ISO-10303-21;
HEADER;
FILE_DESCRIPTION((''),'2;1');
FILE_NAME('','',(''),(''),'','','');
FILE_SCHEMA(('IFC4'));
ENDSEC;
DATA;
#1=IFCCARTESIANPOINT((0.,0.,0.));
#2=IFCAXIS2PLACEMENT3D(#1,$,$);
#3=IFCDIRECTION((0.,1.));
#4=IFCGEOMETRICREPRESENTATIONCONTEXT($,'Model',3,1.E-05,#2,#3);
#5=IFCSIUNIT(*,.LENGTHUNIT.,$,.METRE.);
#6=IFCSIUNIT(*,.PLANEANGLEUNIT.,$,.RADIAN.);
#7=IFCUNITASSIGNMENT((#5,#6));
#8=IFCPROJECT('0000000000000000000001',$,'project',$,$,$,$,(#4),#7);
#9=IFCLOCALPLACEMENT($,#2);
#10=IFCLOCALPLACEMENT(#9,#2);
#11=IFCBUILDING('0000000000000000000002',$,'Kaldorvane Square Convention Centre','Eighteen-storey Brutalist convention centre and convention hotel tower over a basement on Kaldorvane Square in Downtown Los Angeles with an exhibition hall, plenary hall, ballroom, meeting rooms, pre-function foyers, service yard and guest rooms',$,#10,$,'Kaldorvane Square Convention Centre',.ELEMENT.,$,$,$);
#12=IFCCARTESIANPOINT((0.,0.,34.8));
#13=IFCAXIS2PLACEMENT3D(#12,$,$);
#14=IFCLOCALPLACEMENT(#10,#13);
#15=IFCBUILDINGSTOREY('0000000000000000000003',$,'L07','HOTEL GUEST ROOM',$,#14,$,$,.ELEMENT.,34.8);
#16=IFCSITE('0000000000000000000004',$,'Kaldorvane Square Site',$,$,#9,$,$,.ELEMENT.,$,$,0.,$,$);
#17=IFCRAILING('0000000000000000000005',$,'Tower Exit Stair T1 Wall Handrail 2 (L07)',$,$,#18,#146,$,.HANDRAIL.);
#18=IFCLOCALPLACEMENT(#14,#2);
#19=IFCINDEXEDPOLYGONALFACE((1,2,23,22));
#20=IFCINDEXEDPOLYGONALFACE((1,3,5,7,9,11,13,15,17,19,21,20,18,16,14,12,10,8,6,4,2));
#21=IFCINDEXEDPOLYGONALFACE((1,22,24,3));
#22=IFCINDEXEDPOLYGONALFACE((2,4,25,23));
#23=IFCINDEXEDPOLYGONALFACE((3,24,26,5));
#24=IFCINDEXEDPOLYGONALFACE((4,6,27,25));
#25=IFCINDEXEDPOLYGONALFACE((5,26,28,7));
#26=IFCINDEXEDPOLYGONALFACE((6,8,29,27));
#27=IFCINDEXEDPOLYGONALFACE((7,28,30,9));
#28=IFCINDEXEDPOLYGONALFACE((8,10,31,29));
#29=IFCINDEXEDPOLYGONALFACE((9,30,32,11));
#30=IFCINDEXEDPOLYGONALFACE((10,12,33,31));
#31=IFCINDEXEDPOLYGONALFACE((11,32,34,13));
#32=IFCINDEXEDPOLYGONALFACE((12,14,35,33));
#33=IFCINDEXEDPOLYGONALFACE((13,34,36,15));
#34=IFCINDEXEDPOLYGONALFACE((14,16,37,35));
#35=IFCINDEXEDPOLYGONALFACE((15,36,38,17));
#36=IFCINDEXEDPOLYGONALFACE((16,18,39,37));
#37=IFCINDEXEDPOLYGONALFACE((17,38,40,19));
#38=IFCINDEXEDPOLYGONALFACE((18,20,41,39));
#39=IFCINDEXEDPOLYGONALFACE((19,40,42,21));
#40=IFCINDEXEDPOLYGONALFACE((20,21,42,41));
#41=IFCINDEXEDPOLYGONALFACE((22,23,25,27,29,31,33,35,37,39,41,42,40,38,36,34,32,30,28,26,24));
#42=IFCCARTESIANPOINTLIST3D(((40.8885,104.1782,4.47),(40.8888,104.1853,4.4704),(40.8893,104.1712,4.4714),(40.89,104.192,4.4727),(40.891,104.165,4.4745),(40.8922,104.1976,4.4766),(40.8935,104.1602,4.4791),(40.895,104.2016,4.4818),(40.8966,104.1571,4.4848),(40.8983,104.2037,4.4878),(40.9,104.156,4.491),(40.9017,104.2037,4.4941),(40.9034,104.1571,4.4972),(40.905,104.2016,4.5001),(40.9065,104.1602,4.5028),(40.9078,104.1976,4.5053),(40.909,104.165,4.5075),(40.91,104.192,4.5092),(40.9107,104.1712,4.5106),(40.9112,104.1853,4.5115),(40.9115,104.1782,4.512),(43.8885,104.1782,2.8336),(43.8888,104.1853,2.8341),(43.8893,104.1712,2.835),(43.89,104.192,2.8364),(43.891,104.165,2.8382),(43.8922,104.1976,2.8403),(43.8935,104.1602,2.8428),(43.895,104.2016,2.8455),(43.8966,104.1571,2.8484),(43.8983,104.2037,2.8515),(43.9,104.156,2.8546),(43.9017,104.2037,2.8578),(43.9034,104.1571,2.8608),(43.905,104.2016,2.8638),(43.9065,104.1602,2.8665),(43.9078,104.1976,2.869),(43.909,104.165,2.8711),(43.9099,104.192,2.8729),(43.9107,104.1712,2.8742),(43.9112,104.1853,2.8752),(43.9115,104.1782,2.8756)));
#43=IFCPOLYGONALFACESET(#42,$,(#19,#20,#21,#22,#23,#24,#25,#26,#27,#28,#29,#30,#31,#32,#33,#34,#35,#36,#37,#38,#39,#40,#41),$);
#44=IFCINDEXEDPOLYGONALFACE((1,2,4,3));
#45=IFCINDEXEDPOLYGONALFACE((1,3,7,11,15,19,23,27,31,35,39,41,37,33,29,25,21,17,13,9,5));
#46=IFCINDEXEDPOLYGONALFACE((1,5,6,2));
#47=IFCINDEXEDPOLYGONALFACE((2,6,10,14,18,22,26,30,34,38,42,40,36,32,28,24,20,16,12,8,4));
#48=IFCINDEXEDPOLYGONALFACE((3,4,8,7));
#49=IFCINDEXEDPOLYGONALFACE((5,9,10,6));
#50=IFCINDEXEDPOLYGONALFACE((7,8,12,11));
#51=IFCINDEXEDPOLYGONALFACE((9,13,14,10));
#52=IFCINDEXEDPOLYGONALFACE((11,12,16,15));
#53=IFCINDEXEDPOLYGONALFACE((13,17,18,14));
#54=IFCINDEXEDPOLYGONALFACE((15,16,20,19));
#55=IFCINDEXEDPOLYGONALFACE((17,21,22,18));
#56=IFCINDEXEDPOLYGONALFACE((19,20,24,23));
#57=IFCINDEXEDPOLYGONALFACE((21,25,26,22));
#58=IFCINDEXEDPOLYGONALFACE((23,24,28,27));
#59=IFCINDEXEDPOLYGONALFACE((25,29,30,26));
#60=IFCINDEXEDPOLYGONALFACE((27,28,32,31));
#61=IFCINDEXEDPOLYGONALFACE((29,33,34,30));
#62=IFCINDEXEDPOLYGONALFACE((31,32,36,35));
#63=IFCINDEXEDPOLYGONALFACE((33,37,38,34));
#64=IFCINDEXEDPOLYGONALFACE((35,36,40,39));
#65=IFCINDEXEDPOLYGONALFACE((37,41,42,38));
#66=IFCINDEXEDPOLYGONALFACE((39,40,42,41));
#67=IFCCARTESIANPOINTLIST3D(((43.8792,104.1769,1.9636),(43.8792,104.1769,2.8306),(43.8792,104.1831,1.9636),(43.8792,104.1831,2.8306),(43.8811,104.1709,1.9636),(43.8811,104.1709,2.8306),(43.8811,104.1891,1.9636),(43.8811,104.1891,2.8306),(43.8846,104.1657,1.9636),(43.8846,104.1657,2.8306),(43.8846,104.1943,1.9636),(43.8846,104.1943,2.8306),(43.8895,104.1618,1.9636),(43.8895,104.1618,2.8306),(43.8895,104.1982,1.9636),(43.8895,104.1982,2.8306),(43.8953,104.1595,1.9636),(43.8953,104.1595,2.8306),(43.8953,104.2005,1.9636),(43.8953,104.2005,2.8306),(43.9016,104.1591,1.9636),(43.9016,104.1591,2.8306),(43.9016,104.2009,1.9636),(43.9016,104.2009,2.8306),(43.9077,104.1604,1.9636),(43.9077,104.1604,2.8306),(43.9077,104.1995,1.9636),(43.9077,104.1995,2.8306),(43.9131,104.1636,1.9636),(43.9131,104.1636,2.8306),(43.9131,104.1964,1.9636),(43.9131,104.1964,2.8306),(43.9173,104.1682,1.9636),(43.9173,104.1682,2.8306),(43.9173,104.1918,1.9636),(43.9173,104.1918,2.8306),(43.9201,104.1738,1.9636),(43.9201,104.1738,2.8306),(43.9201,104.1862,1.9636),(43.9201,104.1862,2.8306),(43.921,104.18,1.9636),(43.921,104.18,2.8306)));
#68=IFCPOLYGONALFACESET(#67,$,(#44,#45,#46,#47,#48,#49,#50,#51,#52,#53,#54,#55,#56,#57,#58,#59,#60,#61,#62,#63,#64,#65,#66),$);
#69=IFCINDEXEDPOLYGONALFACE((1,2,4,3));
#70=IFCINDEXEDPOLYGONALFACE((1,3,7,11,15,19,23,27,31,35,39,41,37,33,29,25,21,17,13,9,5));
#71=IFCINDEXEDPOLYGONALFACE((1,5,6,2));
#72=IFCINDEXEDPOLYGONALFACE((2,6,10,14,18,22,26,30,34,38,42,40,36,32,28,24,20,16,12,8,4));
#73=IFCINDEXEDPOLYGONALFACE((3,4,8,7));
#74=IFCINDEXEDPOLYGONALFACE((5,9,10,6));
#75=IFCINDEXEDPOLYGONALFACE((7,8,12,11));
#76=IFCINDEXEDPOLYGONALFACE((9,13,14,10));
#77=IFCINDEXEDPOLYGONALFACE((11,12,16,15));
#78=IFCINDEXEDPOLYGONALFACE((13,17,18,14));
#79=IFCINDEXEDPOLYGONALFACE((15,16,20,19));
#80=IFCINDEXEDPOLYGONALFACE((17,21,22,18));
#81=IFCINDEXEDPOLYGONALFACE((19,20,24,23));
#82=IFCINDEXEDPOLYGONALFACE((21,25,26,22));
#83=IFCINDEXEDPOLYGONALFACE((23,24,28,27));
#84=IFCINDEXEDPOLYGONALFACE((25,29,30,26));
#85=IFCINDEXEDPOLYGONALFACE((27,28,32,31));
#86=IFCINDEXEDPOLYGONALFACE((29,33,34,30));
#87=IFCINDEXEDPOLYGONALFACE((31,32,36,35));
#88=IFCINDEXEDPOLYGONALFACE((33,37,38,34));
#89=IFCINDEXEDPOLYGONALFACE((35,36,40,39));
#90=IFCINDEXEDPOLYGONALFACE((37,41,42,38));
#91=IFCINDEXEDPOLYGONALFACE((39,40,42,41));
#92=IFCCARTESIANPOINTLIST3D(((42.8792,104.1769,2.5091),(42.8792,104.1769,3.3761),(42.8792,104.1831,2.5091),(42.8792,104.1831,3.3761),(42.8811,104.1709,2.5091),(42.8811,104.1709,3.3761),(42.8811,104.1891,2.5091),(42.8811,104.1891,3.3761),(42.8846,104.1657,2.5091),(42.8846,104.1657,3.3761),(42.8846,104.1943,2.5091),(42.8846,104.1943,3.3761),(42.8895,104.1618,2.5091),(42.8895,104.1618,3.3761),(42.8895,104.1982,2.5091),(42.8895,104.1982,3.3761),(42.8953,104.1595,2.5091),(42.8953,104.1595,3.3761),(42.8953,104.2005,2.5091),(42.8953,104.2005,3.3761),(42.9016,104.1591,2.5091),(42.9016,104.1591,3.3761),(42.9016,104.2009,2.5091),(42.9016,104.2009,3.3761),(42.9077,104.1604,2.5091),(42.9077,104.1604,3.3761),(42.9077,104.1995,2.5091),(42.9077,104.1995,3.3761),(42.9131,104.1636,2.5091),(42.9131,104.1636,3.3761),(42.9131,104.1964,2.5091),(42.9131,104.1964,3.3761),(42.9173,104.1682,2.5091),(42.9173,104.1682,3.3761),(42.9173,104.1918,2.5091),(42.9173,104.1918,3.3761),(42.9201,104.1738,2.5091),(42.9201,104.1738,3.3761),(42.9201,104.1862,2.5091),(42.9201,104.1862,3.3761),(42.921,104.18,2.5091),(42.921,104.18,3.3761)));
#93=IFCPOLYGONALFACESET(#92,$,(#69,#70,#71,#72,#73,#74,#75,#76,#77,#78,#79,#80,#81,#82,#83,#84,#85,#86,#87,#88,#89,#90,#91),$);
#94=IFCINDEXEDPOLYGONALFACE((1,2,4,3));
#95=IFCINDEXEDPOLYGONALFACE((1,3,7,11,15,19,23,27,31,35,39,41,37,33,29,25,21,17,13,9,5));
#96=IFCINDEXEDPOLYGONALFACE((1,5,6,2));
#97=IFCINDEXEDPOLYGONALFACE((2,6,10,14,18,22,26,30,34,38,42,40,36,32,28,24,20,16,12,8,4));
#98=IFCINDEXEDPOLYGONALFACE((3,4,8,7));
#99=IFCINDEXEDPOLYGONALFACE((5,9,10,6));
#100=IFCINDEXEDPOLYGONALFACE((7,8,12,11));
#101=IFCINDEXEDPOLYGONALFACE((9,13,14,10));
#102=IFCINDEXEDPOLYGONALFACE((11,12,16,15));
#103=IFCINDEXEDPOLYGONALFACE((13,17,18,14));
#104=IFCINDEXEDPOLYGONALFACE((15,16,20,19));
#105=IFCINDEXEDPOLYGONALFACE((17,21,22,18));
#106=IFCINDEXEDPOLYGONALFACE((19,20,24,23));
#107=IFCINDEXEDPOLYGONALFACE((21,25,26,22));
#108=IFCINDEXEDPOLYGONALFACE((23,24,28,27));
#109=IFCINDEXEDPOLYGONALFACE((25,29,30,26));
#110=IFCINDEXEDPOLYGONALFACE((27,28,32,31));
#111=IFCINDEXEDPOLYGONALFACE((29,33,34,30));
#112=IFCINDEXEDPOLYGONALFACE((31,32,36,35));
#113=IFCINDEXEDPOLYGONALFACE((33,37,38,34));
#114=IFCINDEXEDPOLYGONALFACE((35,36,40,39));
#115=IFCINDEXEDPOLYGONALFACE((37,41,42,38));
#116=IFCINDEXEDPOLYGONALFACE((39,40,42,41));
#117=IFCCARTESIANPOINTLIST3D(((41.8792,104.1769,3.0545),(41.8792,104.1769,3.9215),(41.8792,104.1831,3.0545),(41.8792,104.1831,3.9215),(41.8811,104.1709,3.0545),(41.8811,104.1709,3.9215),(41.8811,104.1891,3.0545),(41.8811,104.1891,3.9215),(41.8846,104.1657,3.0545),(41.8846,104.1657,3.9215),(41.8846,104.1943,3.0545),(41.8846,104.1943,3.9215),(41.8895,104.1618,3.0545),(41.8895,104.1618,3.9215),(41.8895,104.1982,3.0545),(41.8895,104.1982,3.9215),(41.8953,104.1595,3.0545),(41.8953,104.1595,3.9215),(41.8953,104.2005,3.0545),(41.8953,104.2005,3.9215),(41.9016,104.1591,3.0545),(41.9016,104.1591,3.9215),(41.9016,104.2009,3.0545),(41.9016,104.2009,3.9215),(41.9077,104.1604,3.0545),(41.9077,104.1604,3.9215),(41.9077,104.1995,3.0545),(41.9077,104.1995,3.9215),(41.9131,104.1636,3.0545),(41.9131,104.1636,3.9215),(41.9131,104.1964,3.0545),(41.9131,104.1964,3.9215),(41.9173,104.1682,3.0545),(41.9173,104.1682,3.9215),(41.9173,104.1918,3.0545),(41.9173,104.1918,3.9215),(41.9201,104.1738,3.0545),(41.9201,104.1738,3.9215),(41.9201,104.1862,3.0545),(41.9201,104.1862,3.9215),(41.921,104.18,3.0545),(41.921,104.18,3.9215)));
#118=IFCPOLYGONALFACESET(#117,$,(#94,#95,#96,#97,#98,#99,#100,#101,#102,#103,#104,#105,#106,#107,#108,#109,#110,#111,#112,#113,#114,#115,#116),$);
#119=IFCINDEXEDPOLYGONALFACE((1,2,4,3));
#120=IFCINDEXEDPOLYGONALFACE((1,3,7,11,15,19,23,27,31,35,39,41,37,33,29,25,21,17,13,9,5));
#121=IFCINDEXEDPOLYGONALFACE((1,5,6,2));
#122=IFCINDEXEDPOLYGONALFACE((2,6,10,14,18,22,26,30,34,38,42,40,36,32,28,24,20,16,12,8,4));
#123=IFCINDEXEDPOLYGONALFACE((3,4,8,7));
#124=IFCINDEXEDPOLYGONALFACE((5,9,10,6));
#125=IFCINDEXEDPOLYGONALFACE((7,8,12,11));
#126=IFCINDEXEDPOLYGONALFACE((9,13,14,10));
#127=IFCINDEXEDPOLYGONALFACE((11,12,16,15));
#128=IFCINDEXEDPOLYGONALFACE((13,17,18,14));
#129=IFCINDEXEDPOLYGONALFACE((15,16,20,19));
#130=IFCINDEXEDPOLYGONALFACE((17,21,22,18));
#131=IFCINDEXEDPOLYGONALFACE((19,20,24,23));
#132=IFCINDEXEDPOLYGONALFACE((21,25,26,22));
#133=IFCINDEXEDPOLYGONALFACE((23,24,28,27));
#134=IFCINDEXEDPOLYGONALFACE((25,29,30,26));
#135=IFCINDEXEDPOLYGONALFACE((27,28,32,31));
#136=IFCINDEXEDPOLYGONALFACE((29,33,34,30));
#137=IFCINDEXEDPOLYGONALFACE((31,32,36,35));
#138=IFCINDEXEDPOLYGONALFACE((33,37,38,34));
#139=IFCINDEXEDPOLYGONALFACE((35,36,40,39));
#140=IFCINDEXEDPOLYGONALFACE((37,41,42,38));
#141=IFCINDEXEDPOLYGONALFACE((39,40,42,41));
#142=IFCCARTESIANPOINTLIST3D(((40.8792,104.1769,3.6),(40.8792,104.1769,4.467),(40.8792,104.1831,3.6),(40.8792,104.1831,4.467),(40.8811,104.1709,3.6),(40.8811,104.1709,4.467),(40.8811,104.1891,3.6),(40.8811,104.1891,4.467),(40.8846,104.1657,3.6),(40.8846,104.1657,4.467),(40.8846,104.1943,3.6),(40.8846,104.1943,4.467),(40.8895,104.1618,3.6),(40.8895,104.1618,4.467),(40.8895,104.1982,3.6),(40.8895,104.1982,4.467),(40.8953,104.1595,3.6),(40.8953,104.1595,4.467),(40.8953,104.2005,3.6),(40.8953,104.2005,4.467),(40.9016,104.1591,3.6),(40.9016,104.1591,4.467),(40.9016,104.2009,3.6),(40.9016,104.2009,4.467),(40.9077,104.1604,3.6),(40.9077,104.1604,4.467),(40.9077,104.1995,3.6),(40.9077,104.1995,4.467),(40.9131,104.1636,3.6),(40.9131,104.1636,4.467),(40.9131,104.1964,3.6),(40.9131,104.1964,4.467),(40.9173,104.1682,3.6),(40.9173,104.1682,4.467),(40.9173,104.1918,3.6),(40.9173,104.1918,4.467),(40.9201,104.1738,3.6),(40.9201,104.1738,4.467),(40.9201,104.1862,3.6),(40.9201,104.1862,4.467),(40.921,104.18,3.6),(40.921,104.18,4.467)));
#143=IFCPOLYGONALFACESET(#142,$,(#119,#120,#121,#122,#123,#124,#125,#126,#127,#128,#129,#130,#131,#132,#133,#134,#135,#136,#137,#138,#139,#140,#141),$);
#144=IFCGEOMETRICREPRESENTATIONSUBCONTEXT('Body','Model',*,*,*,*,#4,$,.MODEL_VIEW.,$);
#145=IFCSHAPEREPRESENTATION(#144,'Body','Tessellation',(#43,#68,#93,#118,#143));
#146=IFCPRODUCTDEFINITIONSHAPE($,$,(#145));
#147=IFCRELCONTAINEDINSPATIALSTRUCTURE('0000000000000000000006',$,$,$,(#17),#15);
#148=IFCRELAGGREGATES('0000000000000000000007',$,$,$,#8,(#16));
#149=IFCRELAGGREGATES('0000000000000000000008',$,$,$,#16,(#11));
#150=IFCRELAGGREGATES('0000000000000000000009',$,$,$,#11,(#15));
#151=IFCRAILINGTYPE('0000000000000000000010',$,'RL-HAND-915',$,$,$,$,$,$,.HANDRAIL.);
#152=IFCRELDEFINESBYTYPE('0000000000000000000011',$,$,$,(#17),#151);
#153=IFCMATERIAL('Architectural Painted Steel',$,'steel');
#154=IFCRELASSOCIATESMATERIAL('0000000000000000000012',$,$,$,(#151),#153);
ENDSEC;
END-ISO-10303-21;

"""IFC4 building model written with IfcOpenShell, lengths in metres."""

from ifc_helpers import new_model, si_unit, direction, frame, origin, origin_2d, place, context, subcontext, project, spatial, circle, extrude, material, type_object, element, save


model = new_model("IFC4")

# Units and contexts
model_context = context("Model", 3, precision=1e-05, world=origin(), true_north=direction((0.0, 1.0)))
body_context = subcontext(model_context, "Body", "Model", "MODEL_VIEW")
ifc_project = project(units=[si_unit("LENGTHUNIT", "METRE"), si_unit("PLANEANGLEUNIT", "RADIAN")], contexts=[model_context])

# Site, building, storey
site_placement = place(None, origin())
site = spatial("IfcSite", under=ifc_project, at=site_placement, Name="Kaldorvane Square Site", CompositionType="ELEMENT", RefElevation=0.0)
building_placement = place(site_placement, origin())
building = spatial("IfcBuilding", under=site, at=building_placement, Name="Kaldorvane Square Convention Centre", Description="Eighteen-storey Brutalist convention centre and convention hotel tower over a basement on Kaldorvane Square in Downtown Los Angeles with an exhibition hall, plenary hall, ballroom, meeting rooms, pre-function foyers, service yard and guest rooms", LongName="Kaldorvane Square Convention Centre", CompositionType="ELEMENT")
storey_placement = place(building_placement, frame((0.0, 0.0, 34.8)))
storey = spatial("IfcBuildingStorey", under=building, at=storey_placement, Name="L07", Description="HOTEL GUEST ROOM", CompositionType="ELEMENT", Elevation=34.8)

# Railing
ifc_material_1 = material(Name="Architectural Painted Steel", Category="steel")
railing_type_1 = type_object("IfcRailingType", Name="RL-HAND-915", PredefinedType="HANDRAIL", material=ifc_material_1)
railing_1_placement = place(storey_placement, frame((43.9, 104.18, 1.9636)))
element("IfcRailing", 1, at=railing_1_placement, inside=storey, type_object=railing_type_1, Name="Tower Exit Stair T1 Wall Handrail 2 (L07)", PredefinedType="HANDRAIL", context=body_context, shape_type="SweptSolid", body=[
    extrude(circle(Radius=0.024, at=origin_2d()), frame((0.0, 0.0, 0.891), z_axis=(-0.877897, 0.0, 0.47885), x_axis=(0.0, -1.0, 0.0)), (0.0, 0.0, 1.0), 3.4173),
    extrude(circle(Radius=0.021, at=origin_2d()), origin(), (0.0, 0.0, 1.0), 0.867),
    extrude(circle(Radius=0.021, at=origin_2d()), frame((-1.0, 0.0, 0.5455)), (0.0, 0.0, 1.0), 0.867),
    extrude(circle(Radius=0.021, at=origin_2d()), frame((-2.0, 0.0, 1.0909)), (0.0, 0.0, 1.0), 0.867),
    extrude(circle(Radius=0.021, at=origin_2d()), frame((-3.0, 0.0, 1.6364)), (0.0, 0.0, 1.0), 0.867),
])

save(model, "model.ifc")
